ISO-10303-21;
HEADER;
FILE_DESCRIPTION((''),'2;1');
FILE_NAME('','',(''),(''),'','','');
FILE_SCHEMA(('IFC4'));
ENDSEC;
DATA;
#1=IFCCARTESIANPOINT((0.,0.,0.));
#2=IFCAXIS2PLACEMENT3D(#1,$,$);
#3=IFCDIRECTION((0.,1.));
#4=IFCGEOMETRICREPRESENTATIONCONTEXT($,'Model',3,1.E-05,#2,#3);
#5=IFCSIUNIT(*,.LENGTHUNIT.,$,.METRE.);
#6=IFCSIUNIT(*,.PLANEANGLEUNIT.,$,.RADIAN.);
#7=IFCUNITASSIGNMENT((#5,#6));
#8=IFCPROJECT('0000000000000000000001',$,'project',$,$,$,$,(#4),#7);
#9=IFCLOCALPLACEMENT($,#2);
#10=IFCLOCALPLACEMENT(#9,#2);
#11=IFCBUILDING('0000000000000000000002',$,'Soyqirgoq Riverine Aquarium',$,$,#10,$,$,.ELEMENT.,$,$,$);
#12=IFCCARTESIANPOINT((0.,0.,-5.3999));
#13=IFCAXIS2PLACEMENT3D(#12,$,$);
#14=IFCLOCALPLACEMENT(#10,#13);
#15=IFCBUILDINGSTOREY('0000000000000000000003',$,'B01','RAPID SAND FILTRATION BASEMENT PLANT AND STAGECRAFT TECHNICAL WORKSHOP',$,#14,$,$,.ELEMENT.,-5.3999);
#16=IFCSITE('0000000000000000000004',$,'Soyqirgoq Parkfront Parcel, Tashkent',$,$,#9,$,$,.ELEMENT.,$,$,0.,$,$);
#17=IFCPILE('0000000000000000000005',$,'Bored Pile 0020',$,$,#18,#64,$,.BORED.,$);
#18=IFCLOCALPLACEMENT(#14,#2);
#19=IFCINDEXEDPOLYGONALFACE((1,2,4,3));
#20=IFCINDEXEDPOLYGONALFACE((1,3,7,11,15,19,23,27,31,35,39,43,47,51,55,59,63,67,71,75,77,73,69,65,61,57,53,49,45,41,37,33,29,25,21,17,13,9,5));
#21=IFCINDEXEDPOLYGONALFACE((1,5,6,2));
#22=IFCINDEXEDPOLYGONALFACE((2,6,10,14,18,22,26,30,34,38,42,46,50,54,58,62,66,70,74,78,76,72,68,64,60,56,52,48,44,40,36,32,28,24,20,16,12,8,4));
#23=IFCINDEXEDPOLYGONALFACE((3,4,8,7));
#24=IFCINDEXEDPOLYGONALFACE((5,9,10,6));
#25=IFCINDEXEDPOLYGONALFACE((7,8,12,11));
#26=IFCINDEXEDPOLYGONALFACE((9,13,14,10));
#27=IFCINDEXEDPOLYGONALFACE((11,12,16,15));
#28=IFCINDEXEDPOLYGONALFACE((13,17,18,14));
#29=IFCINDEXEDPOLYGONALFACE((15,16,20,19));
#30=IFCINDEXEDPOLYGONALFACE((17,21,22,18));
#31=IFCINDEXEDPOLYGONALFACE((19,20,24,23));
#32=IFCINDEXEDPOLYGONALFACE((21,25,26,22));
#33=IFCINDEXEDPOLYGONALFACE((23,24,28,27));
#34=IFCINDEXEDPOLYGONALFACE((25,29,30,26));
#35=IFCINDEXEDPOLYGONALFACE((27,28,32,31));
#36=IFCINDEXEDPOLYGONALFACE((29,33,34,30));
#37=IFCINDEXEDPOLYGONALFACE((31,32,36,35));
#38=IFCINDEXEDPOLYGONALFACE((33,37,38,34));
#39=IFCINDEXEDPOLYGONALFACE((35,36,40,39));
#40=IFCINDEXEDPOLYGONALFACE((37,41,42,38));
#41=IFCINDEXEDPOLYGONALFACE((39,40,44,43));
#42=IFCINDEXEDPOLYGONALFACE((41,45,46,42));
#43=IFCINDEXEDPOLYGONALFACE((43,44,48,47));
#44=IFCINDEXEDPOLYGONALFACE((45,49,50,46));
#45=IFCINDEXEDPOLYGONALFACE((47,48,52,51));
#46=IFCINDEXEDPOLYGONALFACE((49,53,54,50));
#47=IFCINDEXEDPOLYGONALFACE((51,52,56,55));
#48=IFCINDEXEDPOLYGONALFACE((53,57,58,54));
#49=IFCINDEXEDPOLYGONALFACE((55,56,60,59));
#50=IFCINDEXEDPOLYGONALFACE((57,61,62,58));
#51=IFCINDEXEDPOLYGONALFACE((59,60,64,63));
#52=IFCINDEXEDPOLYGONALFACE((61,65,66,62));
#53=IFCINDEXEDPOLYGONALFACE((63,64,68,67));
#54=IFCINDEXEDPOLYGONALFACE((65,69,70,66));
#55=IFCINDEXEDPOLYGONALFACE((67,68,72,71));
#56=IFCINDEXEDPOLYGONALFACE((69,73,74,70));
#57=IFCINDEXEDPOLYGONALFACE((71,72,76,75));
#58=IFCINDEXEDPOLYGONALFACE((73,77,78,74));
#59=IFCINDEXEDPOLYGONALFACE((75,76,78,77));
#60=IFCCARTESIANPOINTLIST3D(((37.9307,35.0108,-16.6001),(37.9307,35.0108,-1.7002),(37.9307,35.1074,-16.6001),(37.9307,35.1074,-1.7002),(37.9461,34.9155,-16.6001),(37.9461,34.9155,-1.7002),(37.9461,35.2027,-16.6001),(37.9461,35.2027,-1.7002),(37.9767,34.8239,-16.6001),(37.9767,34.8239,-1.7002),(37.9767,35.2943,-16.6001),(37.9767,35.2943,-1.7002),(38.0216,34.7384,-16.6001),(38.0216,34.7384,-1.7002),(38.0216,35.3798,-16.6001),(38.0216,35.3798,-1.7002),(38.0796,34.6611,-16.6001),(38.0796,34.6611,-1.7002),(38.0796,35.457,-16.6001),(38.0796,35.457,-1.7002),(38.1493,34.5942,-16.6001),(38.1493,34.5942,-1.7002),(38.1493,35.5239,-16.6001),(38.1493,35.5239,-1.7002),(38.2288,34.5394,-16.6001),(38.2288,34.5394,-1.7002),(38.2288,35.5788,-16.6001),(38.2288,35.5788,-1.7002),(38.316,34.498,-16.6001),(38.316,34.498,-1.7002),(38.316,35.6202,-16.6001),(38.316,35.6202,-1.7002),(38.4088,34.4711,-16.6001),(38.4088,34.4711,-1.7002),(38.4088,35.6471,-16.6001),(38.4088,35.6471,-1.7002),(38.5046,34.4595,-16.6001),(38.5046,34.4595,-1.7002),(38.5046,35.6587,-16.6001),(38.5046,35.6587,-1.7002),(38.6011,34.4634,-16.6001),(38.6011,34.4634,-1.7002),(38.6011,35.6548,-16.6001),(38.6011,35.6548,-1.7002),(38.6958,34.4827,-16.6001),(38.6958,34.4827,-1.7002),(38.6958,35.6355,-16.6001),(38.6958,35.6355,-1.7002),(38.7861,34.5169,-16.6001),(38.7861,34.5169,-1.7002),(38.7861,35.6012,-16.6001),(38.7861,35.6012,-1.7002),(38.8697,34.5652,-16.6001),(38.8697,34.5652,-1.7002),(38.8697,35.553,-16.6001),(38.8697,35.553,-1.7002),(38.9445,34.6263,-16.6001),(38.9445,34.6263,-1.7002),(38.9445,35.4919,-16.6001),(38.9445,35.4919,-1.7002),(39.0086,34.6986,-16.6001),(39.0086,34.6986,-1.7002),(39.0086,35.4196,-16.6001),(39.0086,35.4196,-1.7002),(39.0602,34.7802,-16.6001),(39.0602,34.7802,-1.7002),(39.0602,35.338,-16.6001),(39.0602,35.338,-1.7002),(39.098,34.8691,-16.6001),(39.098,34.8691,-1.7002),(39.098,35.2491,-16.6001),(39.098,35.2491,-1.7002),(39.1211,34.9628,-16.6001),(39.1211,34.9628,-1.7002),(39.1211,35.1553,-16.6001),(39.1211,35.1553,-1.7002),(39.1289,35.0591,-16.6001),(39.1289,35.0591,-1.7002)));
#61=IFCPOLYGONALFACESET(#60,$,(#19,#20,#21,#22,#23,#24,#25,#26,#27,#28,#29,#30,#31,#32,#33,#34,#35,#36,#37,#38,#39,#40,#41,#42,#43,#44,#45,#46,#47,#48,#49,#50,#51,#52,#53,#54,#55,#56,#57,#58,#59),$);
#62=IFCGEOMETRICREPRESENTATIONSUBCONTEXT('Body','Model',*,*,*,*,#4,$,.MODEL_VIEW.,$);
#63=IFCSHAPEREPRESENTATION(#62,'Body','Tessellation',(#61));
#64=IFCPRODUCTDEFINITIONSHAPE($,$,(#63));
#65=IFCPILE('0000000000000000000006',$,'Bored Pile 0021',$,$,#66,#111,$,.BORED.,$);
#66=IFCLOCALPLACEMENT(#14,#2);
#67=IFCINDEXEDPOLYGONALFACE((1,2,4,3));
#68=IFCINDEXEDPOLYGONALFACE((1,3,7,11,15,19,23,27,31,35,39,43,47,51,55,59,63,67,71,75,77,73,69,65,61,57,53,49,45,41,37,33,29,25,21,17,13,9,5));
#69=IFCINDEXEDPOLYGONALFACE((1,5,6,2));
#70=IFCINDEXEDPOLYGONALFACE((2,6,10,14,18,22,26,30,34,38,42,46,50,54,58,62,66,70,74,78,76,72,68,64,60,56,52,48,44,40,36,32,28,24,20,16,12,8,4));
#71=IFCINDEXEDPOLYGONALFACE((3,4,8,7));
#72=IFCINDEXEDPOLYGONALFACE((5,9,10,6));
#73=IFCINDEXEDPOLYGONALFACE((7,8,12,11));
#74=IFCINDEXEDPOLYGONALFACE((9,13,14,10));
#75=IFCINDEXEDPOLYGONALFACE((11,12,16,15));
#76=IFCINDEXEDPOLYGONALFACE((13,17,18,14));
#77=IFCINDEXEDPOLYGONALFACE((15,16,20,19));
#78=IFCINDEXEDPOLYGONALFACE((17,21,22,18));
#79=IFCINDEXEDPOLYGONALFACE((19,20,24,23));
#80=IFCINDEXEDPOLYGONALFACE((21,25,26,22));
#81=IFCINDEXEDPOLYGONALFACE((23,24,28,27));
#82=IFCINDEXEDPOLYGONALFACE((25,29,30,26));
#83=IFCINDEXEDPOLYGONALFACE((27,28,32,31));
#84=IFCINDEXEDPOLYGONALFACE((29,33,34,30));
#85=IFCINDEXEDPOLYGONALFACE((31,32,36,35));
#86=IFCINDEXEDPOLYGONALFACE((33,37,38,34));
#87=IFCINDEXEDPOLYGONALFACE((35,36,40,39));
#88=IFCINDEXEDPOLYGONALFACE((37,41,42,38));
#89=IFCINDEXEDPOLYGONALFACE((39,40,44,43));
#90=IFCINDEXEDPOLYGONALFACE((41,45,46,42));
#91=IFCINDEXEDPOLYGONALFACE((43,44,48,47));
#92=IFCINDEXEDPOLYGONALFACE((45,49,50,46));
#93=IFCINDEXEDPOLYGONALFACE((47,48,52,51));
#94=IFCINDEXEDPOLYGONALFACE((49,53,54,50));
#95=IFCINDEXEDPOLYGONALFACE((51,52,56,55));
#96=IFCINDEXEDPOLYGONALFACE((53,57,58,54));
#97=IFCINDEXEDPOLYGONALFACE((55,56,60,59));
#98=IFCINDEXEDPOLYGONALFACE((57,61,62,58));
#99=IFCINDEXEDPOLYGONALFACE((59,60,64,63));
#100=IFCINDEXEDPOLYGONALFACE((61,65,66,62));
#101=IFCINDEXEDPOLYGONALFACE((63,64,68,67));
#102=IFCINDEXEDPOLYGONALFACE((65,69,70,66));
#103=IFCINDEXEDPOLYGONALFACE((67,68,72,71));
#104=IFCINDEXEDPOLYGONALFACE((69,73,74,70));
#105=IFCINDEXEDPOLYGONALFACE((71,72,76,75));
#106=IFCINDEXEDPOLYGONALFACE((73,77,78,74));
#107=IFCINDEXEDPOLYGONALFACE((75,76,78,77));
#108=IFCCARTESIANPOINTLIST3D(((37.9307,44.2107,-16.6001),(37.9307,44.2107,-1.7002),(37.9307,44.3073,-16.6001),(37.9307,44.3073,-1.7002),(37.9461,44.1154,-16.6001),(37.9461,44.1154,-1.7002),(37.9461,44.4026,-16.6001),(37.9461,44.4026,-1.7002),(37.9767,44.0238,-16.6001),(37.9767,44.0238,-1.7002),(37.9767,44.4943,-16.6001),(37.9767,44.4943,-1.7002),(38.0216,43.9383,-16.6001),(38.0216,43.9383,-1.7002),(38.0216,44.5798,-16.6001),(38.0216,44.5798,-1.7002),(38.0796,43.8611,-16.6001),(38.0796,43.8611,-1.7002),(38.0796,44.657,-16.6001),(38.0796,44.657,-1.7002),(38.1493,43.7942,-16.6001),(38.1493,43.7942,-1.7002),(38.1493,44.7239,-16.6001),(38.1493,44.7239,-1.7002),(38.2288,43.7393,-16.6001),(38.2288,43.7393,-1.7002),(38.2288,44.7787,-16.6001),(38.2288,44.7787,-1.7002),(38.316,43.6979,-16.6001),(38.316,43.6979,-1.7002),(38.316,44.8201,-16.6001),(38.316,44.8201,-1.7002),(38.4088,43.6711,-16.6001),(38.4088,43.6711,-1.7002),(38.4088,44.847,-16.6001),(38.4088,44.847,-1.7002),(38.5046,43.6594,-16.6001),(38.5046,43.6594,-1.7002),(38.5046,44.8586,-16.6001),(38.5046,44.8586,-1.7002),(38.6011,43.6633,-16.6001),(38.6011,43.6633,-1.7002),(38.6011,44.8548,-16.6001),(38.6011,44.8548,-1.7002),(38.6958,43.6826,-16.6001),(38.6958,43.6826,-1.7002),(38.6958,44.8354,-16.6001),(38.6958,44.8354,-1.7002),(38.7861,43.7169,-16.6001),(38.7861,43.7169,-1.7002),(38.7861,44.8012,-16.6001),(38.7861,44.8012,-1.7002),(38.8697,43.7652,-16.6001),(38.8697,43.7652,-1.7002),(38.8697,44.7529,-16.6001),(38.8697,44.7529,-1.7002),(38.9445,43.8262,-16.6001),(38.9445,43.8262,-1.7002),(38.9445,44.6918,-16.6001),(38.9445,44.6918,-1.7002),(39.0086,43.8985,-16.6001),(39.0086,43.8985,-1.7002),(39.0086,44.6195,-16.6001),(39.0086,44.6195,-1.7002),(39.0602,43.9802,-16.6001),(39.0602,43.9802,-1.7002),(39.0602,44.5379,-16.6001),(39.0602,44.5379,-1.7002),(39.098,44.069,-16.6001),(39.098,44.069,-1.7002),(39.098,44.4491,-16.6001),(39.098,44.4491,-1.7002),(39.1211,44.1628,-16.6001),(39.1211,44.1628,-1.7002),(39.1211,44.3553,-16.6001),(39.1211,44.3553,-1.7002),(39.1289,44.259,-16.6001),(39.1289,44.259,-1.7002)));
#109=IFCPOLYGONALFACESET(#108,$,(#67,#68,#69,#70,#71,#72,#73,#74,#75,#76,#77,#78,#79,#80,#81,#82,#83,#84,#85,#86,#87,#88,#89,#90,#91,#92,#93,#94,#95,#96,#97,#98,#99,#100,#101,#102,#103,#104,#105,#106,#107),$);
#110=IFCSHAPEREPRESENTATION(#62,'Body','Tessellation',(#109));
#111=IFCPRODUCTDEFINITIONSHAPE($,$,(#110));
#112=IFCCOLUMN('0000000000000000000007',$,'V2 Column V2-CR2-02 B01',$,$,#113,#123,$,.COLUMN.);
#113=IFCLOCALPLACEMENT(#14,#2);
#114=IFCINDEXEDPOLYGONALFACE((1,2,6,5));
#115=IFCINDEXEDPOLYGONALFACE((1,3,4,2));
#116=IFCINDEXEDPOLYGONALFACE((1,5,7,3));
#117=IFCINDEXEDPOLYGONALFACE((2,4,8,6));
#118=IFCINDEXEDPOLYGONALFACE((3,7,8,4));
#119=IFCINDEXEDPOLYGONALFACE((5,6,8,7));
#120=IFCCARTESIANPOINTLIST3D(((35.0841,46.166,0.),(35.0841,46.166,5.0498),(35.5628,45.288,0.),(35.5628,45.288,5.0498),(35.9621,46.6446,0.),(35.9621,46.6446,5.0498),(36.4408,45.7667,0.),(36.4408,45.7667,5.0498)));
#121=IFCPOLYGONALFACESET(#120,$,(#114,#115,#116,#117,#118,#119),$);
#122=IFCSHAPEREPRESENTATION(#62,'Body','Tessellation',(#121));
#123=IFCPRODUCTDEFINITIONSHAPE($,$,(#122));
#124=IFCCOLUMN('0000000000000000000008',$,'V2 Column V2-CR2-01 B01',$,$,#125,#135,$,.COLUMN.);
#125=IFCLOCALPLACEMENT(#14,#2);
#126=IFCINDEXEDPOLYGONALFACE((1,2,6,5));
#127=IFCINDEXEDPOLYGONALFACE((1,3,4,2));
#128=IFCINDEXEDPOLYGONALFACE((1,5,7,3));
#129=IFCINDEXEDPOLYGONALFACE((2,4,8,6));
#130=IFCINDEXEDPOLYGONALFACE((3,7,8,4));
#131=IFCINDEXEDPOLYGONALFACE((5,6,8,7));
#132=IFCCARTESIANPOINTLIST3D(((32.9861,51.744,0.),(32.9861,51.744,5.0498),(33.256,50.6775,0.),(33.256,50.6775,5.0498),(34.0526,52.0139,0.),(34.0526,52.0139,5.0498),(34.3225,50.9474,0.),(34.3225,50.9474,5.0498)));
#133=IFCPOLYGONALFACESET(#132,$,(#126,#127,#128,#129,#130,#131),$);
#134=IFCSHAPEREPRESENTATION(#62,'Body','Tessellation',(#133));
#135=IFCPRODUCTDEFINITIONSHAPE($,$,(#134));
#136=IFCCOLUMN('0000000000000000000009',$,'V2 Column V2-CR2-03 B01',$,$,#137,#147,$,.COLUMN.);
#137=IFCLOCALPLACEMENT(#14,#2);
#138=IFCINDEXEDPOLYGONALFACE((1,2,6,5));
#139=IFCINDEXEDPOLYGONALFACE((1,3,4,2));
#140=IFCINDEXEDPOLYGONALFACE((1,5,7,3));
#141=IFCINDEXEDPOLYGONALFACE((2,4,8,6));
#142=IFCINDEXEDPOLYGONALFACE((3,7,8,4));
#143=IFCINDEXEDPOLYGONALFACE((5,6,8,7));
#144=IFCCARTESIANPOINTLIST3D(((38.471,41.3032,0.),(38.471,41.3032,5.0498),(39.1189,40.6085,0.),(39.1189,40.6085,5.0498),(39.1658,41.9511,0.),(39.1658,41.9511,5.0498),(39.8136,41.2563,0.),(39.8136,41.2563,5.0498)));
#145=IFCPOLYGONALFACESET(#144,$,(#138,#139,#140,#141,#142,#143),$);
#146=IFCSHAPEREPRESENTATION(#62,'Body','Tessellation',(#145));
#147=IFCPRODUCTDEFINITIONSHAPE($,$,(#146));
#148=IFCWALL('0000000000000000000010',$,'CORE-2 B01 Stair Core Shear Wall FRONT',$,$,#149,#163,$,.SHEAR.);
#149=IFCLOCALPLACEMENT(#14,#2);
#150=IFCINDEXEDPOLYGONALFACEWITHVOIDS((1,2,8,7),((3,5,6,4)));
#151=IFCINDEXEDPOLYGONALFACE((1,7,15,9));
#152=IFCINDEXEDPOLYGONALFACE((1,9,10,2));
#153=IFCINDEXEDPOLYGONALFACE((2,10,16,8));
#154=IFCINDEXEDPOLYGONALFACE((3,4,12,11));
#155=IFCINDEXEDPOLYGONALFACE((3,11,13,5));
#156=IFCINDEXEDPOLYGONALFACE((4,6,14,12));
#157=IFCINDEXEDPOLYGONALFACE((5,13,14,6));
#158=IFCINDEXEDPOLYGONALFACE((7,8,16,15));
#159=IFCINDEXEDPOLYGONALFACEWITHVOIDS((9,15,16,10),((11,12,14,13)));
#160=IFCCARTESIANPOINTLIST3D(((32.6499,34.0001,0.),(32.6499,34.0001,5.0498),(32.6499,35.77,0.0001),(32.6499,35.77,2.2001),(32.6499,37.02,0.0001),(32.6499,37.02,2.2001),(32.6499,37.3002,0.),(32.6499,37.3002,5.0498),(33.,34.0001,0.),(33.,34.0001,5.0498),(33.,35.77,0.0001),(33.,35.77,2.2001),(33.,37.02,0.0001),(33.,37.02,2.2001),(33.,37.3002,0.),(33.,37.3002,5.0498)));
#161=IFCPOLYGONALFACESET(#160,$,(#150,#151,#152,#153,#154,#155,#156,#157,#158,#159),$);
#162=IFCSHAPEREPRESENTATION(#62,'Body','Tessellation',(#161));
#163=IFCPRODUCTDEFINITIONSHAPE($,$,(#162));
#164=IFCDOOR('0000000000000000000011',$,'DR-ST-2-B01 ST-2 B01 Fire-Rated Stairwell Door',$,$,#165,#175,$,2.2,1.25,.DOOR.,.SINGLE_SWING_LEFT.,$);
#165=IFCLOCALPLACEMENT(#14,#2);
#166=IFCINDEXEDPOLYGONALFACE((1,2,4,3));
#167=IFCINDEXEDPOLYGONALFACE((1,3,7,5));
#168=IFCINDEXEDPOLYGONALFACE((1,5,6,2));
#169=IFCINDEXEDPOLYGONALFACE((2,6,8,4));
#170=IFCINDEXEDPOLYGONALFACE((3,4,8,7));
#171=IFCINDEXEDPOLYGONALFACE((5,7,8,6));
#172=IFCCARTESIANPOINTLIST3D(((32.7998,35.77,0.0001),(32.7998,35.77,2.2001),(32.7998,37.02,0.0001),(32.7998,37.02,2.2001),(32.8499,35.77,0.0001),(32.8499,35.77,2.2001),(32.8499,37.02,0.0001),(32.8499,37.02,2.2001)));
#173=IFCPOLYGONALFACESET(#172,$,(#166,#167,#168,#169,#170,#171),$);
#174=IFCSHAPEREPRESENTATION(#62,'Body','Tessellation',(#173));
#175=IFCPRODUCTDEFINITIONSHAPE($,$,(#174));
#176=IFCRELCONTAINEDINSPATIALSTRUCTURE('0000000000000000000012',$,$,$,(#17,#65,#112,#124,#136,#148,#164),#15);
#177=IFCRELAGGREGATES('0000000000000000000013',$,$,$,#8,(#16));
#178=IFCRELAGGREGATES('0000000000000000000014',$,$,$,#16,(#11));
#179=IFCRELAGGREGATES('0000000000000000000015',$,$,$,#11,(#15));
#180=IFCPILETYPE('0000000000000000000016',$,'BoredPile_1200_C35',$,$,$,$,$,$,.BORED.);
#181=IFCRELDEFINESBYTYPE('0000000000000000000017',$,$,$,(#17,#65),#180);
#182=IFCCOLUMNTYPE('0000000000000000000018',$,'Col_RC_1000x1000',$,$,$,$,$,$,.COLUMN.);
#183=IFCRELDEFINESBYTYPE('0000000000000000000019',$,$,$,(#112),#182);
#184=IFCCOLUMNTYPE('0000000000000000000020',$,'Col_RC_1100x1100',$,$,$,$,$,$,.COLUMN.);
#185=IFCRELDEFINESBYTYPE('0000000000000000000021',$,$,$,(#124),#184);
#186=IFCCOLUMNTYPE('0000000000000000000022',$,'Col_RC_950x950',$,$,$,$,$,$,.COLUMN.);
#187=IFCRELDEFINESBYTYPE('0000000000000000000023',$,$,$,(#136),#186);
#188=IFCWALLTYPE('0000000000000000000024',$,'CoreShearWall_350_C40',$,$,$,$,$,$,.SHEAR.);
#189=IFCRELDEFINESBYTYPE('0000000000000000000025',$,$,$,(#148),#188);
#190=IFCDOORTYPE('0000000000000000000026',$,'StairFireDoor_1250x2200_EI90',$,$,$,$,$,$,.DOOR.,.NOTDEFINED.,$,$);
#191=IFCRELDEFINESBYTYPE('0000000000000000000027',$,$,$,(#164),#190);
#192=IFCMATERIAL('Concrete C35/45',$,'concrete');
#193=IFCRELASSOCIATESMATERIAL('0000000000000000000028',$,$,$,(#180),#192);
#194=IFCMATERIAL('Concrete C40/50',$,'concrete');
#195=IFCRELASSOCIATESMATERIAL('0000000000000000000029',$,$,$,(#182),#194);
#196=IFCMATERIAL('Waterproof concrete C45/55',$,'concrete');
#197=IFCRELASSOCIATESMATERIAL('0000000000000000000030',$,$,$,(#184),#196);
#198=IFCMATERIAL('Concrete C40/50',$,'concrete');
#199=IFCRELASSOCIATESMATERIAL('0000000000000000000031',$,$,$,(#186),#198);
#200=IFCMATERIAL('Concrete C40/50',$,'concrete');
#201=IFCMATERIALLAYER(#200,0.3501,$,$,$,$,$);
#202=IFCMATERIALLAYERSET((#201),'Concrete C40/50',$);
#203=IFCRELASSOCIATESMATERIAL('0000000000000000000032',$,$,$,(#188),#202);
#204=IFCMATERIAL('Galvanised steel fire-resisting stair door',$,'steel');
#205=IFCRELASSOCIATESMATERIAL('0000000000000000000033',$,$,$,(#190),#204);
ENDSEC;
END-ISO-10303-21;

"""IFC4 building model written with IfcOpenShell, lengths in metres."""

from ifc_helpers import new_model, si_unit, direction, frame, frame_2d, origin, origin_2d, place, context, subcontext, project, spatial, rectangle, circle, extrude, material, layer, layer_set, material_profile, profile_set, type_object, element, fill, save


model = new_model("IFC4")

# Units and contexts
model_context = context("Model", 3, precision=1e-05, world=origin(), true_north=direction((0.0, 1.0)))
body_context = subcontext(model_context, "Body", "Model", "MODEL_VIEW")
ifc_project = project(units=[si_unit("LENGTHUNIT", "METRE"), si_unit("PLANEANGLEUNIT", "RADIAN")], contexts=[model_context])

# Site, building, storey
site_placement = place(None, origin())
site = spatial("IfcSite", under=ifc_project, at=site_placement, Name="Soyqirgoq Parkfront Parcel, Tashkent", CompositionType="ELEMENT", RefElevation=0.0)
building_placement = place(site_placement, origin())
building = spatial("IfcBuilding", under=site, at=building_placement, Name="Soyqirgoq Riverine Aquarium", CompositionType="ELEMENT")
storey_placement = place(building_placement, frame((0.0, 0.0, -5.3999)))
storey = spatial("IfcBuildingStorey", under=building, at=storey_placement, Name="B01", Description="RAPID SAND FILTRATION BASEMENT PLANT AND STAGECRAFT TECHNICAL WORKSHOP", CompositionType="ELEMENT", Elevation=-5.3999)

# Piles
ifc_material_1 = material(Name="Concrete C35/45", Category="concrete")
ifc_material_profile_1 = material_profile(ifc_material_1, circle(Radius=0.6001, at=origin_2d()), Name="BP D1200")
ifc_profile_set_1 = profile_set([ifc_material_profile_1], Name="Concrete C35/45")
pile_type = type_object("IfcPileType", Name="BoredPile_1200_C35", PredefinedType="BORED", material=ifc_profile_set_1)
for number, where, z_axis, x_axis, name in (
    (1, (38.5288, 35.0591, -1.7002), (0.0, 0.0, -1.0), (1.0, 0.0, 0.0), "Bored Pile 0020"),
    (2, (38.5288, 44.259, -1.7002), (0.0, 0.0, -1.0), (1.0, 0.0, 0.0), "Bored Pile 0021"),
):
    element("IfcPile", number, at=place(storey_placement, frame(where, z_axis=z_axis, x_axis=x_axis)), inside=storey, type_object=pile_type, Name=name, PredefinedType="BORED", context=body_context, shape_type="SweptSolid", body=[
        extrude(circle(Radius=0.6001, at=origin_2d()), origin(), (0.0, 0.0, 1.0), 14.8999),
    ])

# Columns
ifc_material_2 = material(Name="Concrete C40/50", Category="concrete")
ifc_material_profile_2 = material_profile(ifc_material_2, rectangle(XDim=1.0, YDim=1.0, at=origin_2d()), Name="RC 1000x1000")
ifc_profile_set_2 = profile_set([ifc_material_profile_2], Name="Concrete C40/50")
column_type_1 = type_object("IfcColumnType", Name="Col_RC_1000x1000", PredefinedType="COLUMN", material=ifc_profile_set_2)
column_1_placement = place(storey_placement, frame((35.7625, 45.9663, 0.0), z_axis=(0.0, 0.0, 1.0), x_axis=(-0.877983, -0.478692, 0.0)))
element("IfcColumn", 3, at=column_1_placement, inside=storey, type_object=column_type_1, Name="V2 Column V2-CR2-02 B01", PredefinedType="COLUMN", context=body_context, shape_type="SweptSolid", body=[
    extrude(rectangle(XDim=1.0, YDim=1.0, at=origin_2d()), origin(), (0.0, 0.0, 1.0), 5.0498),
])
ifc_material_3 = material(Name="Waterproof concrete C45/55", Category="concrete")
ifc_material_profile_3 = material_profile(ifc_material_3, rectangle(XDim=1.1001, YDim=1.1001, at=origin_2d()), Name="RC 1100x1100")
ifc_profile_set_3 = profile_set([ifc_material_profile_3], Name="Waterproof concrete C45/55")
column_type_2 = type_object("IfcColumnType", Name="Col_RC_1100x1100", PredefinedType="COLUMN", material=ifc_profile_set_3)
column_2_placement = place(storey_placement, frame((33.6543, 51.3457, 0.0), z_axis=(0.0, 0.0, 1.0), x_axis=(-0.969445, -0.245307, 0.0)))
element("IfcColumn", 4, at=column_2_placement, inside=storey, type_object=column_type_2, Name="V2 Column V2-CR2-01 B01", PredefinedType="COLUMN", context=body_context, shape_type="SweptSolid", body=[
    extrude(rectangle(XDim=1.1001, YDim=1.1001, at=origin_2d()), origin(), (0.0, 0.0, 1.0), 5.0498),
])
ifc_material_4 = material(Name="Concrete C40/50", Category="concrete")
ifc_material_profile_4 = material_profile(ifc_material_4, rectangle(XDim=0.95, YDim=0.95, at=origin_2d()), Name="RC 950x950")
ifc_profile_set_4 = profile_set([ifc_material_profile_4], Name="Concrete C40/50")
column_type_3 = type_object("IfcColumnType", Name="Col_RC_950x950", PredefinedType="COLUMN", material=ifc_profile_set_4)
column_3_placement = place(storey_placement, frame((39.1423, 41.2798, 0.0), z_axis=(0.0, 0.0, 1.0), x_axis=(-0.731354, -0.681998, 0.0)))
element("IfcColumn", 5, at=column_3_placement, inside=storey, type_object=column_type_3, Name="V2 Column V2-CR2-03 B01", PredefinedType="COLUMN", context=body_context, shape_type="SweptSolid", body=[
    extrude(rectangle(XDim=0.95, YDim=0.95, at=origin_2d()), origin(), (0.0, 0.0, 1.0), 5.0498),
])

# Wall, opening, door
ifc_material_5 = material(Name="Concrete C40/50", Category="concrete")
ifc_layer_1 = layer(ifc_material_5, 0.3501)
ifc_layer_set_1 = layer_set([ifc_layer_1], Name="Concrete C40/50")
wall_type_1 = type_object("IfcWallType", Name="CoreShearWall_350_C40", PredefinedType="SHEAR", material=ifc_layer_set_1)
wall_1_placement = place(storey_placement, frame((32.825, 37.3, 0.0), z_axis=(0.0, 0.0, 1.0), x_axis=(0.0, -1.0, 0.0)))
wall_1 = element("IfcWall", 6, at=wall_1_placement, inside=storey, type_object=wall_type_1, Name="CORE-2 B01 Stair Core Shear Wall FRONT", PredefinedType="SHEAR", context=body_context, shape_type="SweptSolid", body=[
    extrude(rectangle(XDim=3.3, YDim=0.3501, at=frame_2d((1.6499, 0.0))), origin(), (0.0, 0.0, 1.0), 5.0498),
])
opening_1_placement = place(wall_1_placement, frame((0.28, 0.0, 0.0)))
opening_1 = element("IfcOpeningElement", 7, at=opening_1_placement, cuts=wall_1, PredefinedType="OPENING", context=body_context, shape_type="SweptSolid", body=[
    extrude(rectangle(XDim=1.25, YDim=2.2, at=frame_2d((0.625, 1.1001))), frame((0.0, 0.1851, 0.0), z_axis=(0.0, -1.0, 0.0), x_axis=(1.0, 0.0, 0.0)), (0.0, 0.0, 1.0), 0.3701),
])
ifc_material_6 = material(Name="Galvanised steel fire-resisting stair door", Category="steel")
door_type_1 = type_object("IfcDoorType", Name="StairFireDoor_1250x2200_EI90", OperationType="NOTDEFINED", PredefinedType="DOOR", material=ifc_material_6)
door_1_placement = place(opening_1_placement, origin())
door_1 = element("IfcDoor", 8, at=door_1_placement, inside=storey, type_object=door_type_1, Name="DR-ST-2-B01 ST-2 B01 Fire-Rated Stairwell Door", OperationType="SINGLE_SWING_LEFT", OverallHeight=2.2, OverallWidth=1.25, PredefinedType="DOOR", context=body_context, shape_type="SweptSolid", body=[
    extrude(rectangle(XDim=1.25, YDim=2.2, at=frame_2d((0.625, 1.1001))), frame((0.0, 0.0249, 0.0), z_axis=(0.0, -1.0, 0.0), x_axis=(1.0, 0.0, 0.0)), (0.0, 0.0, 1.0), 0.05),
])
fill(opening_1, door_1)

save(model, "model.ifc")
